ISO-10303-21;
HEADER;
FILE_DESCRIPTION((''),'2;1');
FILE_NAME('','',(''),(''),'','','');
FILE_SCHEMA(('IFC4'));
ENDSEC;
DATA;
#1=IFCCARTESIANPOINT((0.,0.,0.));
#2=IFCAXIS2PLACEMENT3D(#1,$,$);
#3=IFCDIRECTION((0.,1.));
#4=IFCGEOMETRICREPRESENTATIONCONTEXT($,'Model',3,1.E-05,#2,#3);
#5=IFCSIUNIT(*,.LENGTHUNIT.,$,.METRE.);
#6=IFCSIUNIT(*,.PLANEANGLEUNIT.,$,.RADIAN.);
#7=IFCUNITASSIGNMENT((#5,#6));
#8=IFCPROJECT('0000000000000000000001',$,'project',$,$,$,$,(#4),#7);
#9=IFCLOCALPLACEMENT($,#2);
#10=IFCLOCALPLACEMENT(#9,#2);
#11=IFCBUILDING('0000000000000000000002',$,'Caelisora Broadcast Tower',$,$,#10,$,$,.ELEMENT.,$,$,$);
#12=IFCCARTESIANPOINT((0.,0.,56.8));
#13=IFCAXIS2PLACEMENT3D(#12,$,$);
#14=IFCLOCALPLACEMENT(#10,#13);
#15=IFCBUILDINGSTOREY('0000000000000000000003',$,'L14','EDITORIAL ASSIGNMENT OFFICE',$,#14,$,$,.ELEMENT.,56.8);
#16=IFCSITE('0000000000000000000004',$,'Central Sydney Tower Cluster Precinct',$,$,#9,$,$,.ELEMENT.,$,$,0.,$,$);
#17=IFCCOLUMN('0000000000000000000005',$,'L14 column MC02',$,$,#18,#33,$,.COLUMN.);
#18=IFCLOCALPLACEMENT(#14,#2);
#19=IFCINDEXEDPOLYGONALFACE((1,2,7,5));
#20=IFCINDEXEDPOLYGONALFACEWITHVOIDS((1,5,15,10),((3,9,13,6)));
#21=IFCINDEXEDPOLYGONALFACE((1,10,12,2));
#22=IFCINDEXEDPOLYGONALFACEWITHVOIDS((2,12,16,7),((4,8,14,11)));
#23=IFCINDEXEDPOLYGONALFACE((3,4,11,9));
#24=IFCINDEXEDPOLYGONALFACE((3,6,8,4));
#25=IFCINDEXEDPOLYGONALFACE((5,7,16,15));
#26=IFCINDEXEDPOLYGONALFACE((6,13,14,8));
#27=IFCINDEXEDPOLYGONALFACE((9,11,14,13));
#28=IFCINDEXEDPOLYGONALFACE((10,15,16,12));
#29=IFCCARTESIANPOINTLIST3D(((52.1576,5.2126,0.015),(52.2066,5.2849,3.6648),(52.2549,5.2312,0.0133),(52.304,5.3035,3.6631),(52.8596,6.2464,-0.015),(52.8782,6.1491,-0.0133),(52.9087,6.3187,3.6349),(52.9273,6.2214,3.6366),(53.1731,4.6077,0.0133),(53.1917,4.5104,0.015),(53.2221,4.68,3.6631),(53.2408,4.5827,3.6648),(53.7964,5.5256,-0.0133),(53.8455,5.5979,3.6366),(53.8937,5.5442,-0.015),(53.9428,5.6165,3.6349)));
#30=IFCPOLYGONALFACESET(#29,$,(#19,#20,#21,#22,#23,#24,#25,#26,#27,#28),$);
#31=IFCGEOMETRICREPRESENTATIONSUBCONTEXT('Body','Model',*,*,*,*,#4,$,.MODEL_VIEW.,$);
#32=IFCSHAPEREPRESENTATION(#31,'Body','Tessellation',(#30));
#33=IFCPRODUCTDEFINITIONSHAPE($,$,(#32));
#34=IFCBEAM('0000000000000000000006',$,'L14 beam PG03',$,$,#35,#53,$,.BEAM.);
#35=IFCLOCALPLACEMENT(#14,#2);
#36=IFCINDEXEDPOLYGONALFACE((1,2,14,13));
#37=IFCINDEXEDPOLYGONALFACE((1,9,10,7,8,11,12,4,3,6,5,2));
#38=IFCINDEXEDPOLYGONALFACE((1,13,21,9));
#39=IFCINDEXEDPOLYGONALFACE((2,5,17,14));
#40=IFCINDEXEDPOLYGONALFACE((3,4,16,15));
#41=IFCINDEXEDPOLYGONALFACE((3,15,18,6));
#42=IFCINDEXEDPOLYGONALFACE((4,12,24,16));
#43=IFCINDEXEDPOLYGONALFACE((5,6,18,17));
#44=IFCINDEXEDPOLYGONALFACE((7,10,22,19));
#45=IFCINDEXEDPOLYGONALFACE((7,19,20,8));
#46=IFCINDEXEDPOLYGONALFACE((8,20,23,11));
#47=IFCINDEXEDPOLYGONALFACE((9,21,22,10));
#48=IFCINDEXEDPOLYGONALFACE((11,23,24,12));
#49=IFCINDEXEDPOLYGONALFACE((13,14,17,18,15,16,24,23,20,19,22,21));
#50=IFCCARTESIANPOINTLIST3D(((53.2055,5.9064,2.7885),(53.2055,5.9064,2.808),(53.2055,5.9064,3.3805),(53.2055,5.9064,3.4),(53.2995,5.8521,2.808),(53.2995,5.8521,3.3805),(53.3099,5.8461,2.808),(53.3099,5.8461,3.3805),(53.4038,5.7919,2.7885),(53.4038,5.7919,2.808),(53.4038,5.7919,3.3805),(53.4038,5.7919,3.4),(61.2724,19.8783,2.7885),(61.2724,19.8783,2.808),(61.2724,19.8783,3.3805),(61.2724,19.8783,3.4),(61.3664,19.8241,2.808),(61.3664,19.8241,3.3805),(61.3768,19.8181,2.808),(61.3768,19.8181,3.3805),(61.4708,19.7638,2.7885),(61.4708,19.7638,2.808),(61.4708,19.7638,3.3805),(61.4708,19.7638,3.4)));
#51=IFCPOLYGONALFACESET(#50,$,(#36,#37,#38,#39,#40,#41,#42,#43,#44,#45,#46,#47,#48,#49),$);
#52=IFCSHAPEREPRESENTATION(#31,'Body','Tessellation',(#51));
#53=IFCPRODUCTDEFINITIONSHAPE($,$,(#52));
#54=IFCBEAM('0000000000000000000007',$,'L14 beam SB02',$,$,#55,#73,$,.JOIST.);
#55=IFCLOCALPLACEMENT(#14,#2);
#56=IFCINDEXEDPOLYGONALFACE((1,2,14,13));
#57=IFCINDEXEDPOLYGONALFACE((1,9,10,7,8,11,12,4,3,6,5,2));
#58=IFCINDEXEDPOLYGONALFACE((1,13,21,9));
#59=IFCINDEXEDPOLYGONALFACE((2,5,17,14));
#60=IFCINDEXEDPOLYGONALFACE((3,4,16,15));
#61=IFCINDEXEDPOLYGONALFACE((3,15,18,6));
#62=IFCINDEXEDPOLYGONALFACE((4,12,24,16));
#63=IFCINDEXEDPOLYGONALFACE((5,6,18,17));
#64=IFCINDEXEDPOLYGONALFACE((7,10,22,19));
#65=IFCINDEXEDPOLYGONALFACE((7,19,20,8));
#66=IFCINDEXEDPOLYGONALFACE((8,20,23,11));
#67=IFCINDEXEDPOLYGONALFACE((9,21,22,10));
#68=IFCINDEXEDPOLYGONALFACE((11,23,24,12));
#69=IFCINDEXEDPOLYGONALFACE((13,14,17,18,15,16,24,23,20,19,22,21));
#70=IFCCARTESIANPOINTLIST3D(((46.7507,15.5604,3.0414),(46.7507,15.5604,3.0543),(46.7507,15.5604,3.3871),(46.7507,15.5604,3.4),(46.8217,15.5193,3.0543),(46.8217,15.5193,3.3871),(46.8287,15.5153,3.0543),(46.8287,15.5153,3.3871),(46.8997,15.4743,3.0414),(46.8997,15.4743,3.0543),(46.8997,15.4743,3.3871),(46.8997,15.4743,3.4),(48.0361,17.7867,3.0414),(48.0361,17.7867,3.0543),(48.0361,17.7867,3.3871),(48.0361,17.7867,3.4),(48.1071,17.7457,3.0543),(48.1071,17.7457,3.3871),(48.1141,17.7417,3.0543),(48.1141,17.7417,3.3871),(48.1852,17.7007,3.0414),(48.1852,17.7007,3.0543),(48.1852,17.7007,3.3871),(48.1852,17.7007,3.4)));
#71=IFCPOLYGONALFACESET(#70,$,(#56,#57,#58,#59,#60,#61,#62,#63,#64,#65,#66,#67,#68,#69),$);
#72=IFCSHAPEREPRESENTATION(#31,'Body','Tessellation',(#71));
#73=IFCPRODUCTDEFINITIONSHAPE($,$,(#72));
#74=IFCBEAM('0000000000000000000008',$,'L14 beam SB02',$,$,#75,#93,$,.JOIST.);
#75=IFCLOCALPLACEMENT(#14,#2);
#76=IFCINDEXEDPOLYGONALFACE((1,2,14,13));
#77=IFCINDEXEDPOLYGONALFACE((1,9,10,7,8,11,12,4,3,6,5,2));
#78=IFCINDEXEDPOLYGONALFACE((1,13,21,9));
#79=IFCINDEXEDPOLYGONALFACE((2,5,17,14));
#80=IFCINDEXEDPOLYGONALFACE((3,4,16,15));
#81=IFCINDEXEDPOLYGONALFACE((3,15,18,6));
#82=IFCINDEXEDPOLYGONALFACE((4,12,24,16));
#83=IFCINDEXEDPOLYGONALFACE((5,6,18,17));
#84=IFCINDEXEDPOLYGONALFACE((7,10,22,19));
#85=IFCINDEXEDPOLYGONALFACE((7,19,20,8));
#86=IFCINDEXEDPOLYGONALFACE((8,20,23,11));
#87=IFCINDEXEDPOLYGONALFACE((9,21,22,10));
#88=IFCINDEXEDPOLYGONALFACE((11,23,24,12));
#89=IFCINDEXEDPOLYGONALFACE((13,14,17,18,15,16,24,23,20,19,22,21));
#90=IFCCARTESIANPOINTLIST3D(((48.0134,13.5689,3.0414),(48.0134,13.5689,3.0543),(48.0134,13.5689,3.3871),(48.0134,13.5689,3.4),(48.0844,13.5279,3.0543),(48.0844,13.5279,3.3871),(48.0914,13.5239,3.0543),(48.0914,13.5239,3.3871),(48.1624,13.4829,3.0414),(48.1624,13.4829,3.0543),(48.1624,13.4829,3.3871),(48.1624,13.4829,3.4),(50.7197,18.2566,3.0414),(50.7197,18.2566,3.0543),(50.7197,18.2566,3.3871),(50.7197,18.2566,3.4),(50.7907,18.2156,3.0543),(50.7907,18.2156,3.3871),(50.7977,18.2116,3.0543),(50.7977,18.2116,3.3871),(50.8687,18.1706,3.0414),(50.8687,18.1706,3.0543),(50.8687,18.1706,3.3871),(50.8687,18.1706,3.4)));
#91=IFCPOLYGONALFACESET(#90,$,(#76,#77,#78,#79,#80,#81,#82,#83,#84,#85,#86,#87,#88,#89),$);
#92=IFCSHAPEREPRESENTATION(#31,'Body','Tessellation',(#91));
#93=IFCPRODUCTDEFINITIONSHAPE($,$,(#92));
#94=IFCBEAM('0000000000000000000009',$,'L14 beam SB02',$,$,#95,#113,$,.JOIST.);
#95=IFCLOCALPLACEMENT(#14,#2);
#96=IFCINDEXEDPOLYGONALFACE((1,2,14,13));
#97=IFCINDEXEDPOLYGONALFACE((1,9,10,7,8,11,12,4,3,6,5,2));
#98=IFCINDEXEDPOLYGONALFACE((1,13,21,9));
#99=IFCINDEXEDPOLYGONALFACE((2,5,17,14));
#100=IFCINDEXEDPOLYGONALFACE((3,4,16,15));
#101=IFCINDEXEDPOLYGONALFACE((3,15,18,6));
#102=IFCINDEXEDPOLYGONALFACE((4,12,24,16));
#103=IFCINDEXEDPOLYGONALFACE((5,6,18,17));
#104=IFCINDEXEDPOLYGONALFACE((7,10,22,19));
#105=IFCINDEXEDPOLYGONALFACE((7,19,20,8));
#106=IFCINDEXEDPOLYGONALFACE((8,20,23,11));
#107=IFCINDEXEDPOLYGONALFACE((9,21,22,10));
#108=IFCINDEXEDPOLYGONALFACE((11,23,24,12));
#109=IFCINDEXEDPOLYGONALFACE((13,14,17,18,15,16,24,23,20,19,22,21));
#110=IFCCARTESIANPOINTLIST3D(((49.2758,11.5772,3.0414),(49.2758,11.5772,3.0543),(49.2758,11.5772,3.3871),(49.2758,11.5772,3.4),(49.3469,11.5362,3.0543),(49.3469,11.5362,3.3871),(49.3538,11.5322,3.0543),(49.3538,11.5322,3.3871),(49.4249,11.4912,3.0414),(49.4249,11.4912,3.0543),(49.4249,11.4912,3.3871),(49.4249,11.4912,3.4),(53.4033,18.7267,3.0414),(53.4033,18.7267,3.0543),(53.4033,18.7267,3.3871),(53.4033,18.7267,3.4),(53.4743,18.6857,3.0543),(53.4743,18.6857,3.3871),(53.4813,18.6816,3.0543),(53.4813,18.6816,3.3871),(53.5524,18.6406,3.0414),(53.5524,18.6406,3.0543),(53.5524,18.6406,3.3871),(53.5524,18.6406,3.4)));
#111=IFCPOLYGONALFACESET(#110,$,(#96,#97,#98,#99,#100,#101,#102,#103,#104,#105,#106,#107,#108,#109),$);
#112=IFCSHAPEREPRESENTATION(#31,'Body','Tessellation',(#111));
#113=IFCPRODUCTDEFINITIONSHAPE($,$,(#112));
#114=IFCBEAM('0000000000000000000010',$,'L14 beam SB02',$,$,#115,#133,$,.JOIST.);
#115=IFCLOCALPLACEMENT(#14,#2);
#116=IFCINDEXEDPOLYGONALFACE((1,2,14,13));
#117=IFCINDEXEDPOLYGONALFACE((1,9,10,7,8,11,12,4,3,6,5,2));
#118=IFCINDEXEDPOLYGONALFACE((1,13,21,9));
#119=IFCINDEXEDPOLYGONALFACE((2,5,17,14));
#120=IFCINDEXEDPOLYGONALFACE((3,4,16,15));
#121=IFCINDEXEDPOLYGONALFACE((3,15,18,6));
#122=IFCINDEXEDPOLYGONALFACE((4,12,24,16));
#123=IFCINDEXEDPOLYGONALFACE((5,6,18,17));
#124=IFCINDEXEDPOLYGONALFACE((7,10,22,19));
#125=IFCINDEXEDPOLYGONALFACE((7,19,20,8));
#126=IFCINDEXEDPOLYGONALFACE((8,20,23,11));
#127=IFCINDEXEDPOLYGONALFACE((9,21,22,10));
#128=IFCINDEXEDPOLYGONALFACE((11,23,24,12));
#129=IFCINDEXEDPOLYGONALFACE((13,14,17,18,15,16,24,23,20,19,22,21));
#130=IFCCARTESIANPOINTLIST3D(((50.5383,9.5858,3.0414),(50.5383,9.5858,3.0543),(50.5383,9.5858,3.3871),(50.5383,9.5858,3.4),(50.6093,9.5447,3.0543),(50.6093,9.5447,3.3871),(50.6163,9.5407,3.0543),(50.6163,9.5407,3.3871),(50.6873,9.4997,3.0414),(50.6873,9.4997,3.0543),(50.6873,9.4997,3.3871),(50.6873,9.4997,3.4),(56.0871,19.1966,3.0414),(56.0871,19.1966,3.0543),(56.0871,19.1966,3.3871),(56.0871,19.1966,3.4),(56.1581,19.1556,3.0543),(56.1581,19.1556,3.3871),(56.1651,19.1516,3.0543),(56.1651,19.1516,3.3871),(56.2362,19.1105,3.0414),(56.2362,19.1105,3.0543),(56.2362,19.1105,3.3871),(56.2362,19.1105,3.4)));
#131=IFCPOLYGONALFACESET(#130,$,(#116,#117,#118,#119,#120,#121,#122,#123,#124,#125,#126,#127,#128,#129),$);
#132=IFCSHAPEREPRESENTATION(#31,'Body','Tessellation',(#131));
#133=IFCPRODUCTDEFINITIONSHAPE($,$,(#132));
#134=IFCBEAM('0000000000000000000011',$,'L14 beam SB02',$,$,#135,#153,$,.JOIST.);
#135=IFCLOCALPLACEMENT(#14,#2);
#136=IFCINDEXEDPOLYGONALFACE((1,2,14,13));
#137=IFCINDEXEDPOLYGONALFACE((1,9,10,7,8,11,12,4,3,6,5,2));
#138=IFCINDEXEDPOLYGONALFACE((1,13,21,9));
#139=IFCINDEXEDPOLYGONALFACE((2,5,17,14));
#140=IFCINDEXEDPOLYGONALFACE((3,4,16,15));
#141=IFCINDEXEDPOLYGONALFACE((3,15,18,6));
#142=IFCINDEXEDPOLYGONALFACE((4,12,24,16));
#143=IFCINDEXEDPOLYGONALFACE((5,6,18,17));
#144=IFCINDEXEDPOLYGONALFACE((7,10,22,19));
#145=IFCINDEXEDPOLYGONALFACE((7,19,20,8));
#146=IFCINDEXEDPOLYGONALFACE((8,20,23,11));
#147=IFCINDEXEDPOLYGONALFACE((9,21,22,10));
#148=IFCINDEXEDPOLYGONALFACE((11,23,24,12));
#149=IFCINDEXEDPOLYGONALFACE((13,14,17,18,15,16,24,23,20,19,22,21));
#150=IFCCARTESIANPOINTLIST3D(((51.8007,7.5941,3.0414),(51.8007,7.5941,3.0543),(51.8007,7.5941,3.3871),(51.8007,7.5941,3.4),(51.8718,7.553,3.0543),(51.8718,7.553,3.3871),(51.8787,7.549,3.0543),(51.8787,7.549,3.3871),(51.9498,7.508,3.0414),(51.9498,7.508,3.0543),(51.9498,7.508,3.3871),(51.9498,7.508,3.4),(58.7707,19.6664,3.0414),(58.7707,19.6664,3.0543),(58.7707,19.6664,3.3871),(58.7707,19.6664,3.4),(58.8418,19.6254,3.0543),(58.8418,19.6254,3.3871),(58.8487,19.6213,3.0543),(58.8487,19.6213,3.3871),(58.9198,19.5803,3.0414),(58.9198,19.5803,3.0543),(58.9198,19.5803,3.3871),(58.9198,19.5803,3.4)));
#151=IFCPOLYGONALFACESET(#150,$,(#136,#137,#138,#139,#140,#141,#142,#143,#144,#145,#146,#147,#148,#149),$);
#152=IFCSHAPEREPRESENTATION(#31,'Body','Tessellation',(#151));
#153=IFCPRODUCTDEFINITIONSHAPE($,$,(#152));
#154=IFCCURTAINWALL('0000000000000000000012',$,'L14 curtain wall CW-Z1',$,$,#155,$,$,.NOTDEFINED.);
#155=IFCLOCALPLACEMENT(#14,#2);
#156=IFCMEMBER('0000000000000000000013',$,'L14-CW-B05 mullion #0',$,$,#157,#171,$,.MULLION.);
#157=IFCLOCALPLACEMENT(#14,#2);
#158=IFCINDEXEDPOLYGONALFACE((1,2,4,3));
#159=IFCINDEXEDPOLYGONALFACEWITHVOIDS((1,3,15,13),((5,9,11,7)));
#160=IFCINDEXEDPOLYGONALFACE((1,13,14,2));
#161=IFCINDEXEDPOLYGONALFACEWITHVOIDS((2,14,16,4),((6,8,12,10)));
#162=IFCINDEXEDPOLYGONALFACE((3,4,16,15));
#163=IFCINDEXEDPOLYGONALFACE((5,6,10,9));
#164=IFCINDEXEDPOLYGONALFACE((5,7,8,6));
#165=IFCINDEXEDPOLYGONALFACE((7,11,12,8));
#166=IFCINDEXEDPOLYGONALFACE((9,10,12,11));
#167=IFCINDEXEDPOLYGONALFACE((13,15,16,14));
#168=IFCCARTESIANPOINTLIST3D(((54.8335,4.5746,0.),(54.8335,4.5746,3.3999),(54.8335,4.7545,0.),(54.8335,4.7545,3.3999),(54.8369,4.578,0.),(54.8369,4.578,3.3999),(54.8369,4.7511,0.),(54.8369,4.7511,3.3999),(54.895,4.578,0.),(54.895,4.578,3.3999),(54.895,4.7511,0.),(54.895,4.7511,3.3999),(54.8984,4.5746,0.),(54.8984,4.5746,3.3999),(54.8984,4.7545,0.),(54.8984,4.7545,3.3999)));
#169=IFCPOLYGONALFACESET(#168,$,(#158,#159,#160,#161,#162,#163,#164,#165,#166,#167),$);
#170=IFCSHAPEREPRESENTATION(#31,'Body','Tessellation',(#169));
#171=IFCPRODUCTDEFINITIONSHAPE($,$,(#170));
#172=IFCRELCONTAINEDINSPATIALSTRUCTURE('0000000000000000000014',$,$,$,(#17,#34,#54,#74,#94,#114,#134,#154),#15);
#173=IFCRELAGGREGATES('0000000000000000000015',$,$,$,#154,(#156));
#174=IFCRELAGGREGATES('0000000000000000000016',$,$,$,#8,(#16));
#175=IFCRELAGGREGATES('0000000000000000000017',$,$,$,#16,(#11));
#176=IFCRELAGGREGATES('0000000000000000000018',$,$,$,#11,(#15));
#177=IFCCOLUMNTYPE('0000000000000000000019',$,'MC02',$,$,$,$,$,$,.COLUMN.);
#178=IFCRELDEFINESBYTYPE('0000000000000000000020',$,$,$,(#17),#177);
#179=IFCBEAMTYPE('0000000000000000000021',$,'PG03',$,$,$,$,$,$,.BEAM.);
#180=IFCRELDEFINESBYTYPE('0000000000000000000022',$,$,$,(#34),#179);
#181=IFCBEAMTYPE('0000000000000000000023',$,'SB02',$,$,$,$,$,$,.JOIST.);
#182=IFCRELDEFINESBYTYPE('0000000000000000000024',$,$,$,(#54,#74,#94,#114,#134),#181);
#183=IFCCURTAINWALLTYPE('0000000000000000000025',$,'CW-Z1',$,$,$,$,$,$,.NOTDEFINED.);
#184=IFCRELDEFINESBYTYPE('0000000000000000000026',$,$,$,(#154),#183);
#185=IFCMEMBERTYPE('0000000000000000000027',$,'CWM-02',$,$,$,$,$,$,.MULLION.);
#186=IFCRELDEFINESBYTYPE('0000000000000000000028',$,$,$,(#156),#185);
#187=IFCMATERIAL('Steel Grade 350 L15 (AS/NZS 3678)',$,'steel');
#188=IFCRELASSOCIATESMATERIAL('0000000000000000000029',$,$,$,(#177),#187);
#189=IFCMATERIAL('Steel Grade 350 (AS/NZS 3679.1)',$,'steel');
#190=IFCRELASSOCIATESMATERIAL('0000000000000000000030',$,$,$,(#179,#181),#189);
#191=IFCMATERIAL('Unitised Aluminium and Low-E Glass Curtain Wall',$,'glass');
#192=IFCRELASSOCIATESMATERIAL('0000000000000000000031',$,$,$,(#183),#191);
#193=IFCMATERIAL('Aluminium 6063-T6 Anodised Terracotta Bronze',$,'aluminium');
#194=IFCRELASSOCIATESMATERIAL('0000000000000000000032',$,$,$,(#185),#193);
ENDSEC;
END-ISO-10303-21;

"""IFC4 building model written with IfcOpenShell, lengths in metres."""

from ifc_helpers import new_model, si_unit, direction, frame, origin, origin_2d, place, context, subcontext, project, spatial, hollow_rectangle, i_section, extrude, source, transform, mapped, material, material_profile, profile_set, type_object, type_shapes, element, aggregate, save


model = new_model("IFC4")

# Units and contexts
model_context = context("Model", 3, precision=1e-05, world=origin(), true_north=direction((0.0, 1.0)))
body_context = subcontext(model_context, "Body", "Model", "MODEL_VIEW")
ifc_project = project(units=[si_unit("LENGTHUNIT", "METRE"), si_unit("PLANEANGLEUNIT", "RADIAN")], contexts=[model_context])

# Site, building, storey
site_placement = place(None, origin())
site = spatial("IfcSite", under=ifc_project, at=site_placement, Name="Central Sydney Tower Cluster Precinct", CompositionType="ELEMENT", RefElevation=0.0)
building_placement = place(site_placement, origin())
building = spatial("IfcBuilding", under=site, at=building_placement, Name="Caelisora Broadcast Tower", CompositionType="ELEMENT")
storey_placement = place(building_placement, frame((0.0, 0.0, 56.8)))
storey = spatial("IfcBuildingStorey", under=building, at=storey_placement, Name="L14", Description="EDITORIAL ASSIGNMENT OFFICE", CompositionType="ELEMENT", Elevation=56.8)

# Column
ifc_material_1 = material(Name="Steel Grade 350 L15 (AS/NZS 3678)", Category="steel")
ifc_material_profile_1 = material_profile(ifc_material_1, hollow_rectangle(XDim=1.25, YDim=1.25, WallThickness=0.0701, at=origin_2d()), Name="Steel Grade 350 L15 (AS/NZS 3678)")
ifc_profile_set_1 = profile_set([ifc_material_profile_1], Name="Steel Grade 350 L15 (AS/NZS 3678)")
column_type = type_object("IfcColumnType", Name="MC02", PredefinedType="COLUMN", material=ifc_profile_set_1)
shared_shape_1 = source(origin(), body_context, "Body", "SweptSolid", [
    extrude(hollow_rectangle(XDim=1.25, YDim=1.25, WallThickness=0.0701, at=origin_2d()), origin(), (0.0, 0.0, 1.0), 3.6509),
])
type_shapes(column_type, [shared_shape_1])
column_placement = place(storey_placement, frame((53.0256, 5.3784, 0.0), z_axis=(0.013441, 0.019794, 0.999714), x_axis=(-0.82729, 0.561775, 0.0)))
element("IfcColumn", 1, at=column_placement, inside=storey, type_object=column_type, Name="L14 column MC02", PredefinedType="COLUMN", context=body_context, shape_type="MappedRepresentation", body=[
    mapped(shared_shape_1, transform((0.0, 0.0, 0.0), scale=1.0)),
])

# Beams
ifc_material_2 = material(Name="Steel Grade 350 (AS/NZS 3679.1)", Category="steel")
ifc_material_profile_2 = material_profile(ifc_material_2, i_section(OverallWidth=0.229, OverallDepth=0.6116, WebThickness=0.012, FlangeThickness=0.0195, at=origin_2d()), Name="Steel Grade 350 (AS/NZS 3679.1)")
ifc_profile_set_2 = profile_set([ifc_material_profile_2], Name="Steel Grade 350 (AS/NZS 3679.1)")
beam_type_1 = type_object("IfcBeamType", Name="PG03", PredefinedType="BEAM", material=ifc_profile_set_2)
shared_shape_2 = source(origin(), body_context, "Body", "SweptSolid", [
    extrude(i_section(OverallWidth=0.229, OverallDepth=0.6116, WebThickness=0.012, FlangeThickness=0.0195, at=origin_2d()), origin(), (0.0, 0.0, 1.0), 16.1335),
])
type_shapes(beam_type_1, [shared_shape_2])
beam_1_placement = place(storey_placement, frame((53.3047, 5.8491, 3.0942), z_axis=(0.500009, 0.86602, 0.0), x_axis=(-0.86602, 0.500009, 0.0)))
element("IfcBeam", 2, at=beam_1_placement, inside=storey, type_object=beam_type_1, Name="L14 beam PG03", PredefinedType="BEAM", context=body_context, shape_type="MappedRepresentation", body=[
    mapped(shared_shape_2, transform((0.0, 0.0, 0.0), scale=1.0)),
])
ifc_material_profile_3 = material_profile(ifc_material_2, i_section(OverallWidth=0.1721, OverallDepth=0.3586, WebThickness=0.0081, FlangeThickness=0.0129, at=origin_2d()), Name="Steel Grade 350 (AS/NZS 3679.1)")
ifc_profile_set_3 = profile_set([ifc_material_profile_3], Name="Steel Grade 350 (AS/NZS 3679.1)")
beam_type_2 = type_object("IfcBeamType", Name="SB02", PredefinedType="JOIST", material=ifc_profile_set_3)
shared_shape_3 = source(origin(), body_context, "Body", "SweptSolid", [
    extrude(i_section(OverallWidth=0.1721, OverallDepth=0.3586, WebThickness=0.0081, FlangeThickness=0.0129, at=origin_2d()), origin(), (0.0, 0.0, 1.0), 2.5708),
])
beam_2_placement = place(storey_placement, frame((46.8252, 15.5173, 3.2207), z_axis=(0.50001, 0.86602, 0.0), x_axis=(-0.86602, 0.50001, 0.0)))
element("IfcBeam", 3, at=beam_2_placement, inside=storey, type_object=beam_type_2, Name="L14 beam SB02", PredefinedType="JOIST", context=body_context, shape_type="MappedRepresentation", body=[
    mapped(shared_shape_3, transform((0.0, 0.0, 0.0), scale=1.0)),
])
shared_shape_4 = source(origin(), body_context, "Body", "SweptSolid", [
    extrude(i_section(OverallWidth=0.1721, OverallDepth=0.3586, WebThickness=0.0081, FlangeThickness=0.0129, at=origin_2d()), origin(), (0.0, 0.0, 1.0), 5.4128),
])
beam_3_placement = place(storey_placement, frame((48.0879, 13.5259, 3.2207), z_axis=(0.499976, 0.866039, 0.0), x_axis=(-0.866039, 0.499976, 0.0)))
element("IfcBeam", 4, at=beam_3_placement, inside=storey, type_object=beam_type_2, Name="L14 beam SB02", PredefinedType="JOIST", context=body_context, shape_type="MappedRepresentation", body=[
    mapped(shared_shape_4, transform((0.0, 0.0, 0.0), scale=1.0)),
])
shared_shape_5 = source(origin(), body_context, "Body", "SweptSolid", [
    extrude(i_section(OverallWidth=0.1721, OverallDepth=0.3586, WebThickness=0.0081, FlangeThickness=0.0129, at=origin_2d()), origin(), (0.0, 0.0, 1.0), 8.2554),
])
beam_4_placement = place(storey_placement, frame((49.3503, 11.5342, 3.2207), z_axis=(0.499975, 0.86604, 0.0), x_axis=(-0.86604, 0.499975, 0.0)))
element("IfcBeam", 5, at=beam_4_placement, inside=storey, type_object=beam_type_2, Name="L14 beam SB02", PredefinedType="JOIST", context=body_context, shape_type="MappedRepresentation", body=[
    mapped(shared_shape_5, transform((0.0, 0.0, 0.0), scale=1.0)),
])
shared_shape_6 = source(origin(), body_context, "Body", "SweptSolid", [
    extrude(i_section(OverallWidth=0.1721, OverallDepth=0.3586, WebThickness=0.0081, FlangeThickness=0.0129, at=origin_2d()), origin(), (0.0, 0.0, 1.0), 11.0977),
])
beam_5_placement = place(storey_placement, frame((50.6128, 9.5427, 3.2207), z_axis=(0.5, 0.866025, 0.0), x_axis=(-0.866025, 0.5, 0.0)))
element("IfcBeam", 6, at=beam_5_placement, inside=storey, type_object=beam_type_2, Name="L14 beam SB02", PredefinedType="JOIST", context=body_context, shape_type="MappedRepresentation", body=[
    mapped(shared_shape_6, transform((0.0, 0.0, 0.0), scale=1.0)),
])
shared_shape_7 = source(origin(), body_context, "Body", "SweptSolid", [
    extrude(i_section(OverallWidth=0.1721, OverallDepth=0.3586, WebThickness=0.0081, FlangeThickness=0.0129, at=origin_2d()), origin(), (0.0, 0.0, 1.0), 13.9399),
])
type_shapes(beam_type_2, [shared_shape_3, shared_shape_4, shared_shape_5, shared_shape_6, shared_shape_7])
beam_6_placement = place(storey_placement, frame((51.8752, 7.551, 3.2207), z_axis=(0.500002, 0.866024, 0.0), x_axis=(-0.866024, 0.500002, 0.0)))
element("IfcBeam", 7, at=beam_6_placement, inside=storey, type_object=beam_type_2, Name="L14 beam SB02", PredefinedType="JOIST", context=body_context, shape_type="MappedRepresentation", body=[
    mapped(shared_shape_7, transform((0.0, 0.0, 0.0), scale=1.0)),
])

# Curtain wall, member
ifc_material_3 = material(Name="Unitised Aluminium and Low-E Glass Curtain Wall", Category="glass")
curtain_wall_type = type_object("IfcCurtainWallType", Name="CW-Z1", PredefinedType="NOTDEFINED", material=ifc_material_3)
curtain_wall_placement = place(storey_placement, origin())
curtain_wall = element("IfcCurtainWall", 8, at=curtain_wall_placement, inside=storey, type_object=curtain_wall_type, Name="L14 curtain wall CW-Z1", PredefinedType="NOTDEFINED")
ifc_material_4 = material(Name="Aluminium 6063-T6 Anodised Terracotta Bronze", Category="aluminium")
ifc_material_profile_4 = material_profile(ifc_material_4, hollow_rectangle(XDim=0.0649, YDim=0.1799, WallThickness=0.0034, at=origin_2d()), Name="Aluminium 6063-T6 Anodised Terracotta Bronze")
ifc_profile_set_4 = profile_set([ifc_material_profile_4], Name="Aluminium 6063-T6 Anodised Terracotta Bronze")
member_type_1 = type_object("IfcMemberType", Name="CWM-02", PredefinedType="MULLION", material=ifc_profile_set_4)
shared_shape_8 = source(origin(), body_context, "Body", "SweptSolid", [
    extrude(hollow_rectangle(XDim=0.0649, YDim=0.1799, WallThickness=0.0034, at=origin_2d()), origin(), (0.0, 0.0, 1.0), 3.3999),
])
type_shapes(member_type_1, [shared_shape_8])
member_1_placement = place(storey_placement, frame((54.866, 4.6646, 0.0), z_axis=(0.0, 0.0, 1.0), x_axis=(1.0, 0.0, 0.0)))
member_1 = element("IfcMember", 9, at=member_1_placement, type_object=member_type_1, Name="L14-CW-B05 mullion #0", PredefinedType="MULLION", context=body_context, shape_type="MappedRepresentation", body=[
    mapped(shared_shape_8, transform((0.0, 0.0, 0.0), scale=1.0)),
])
aggregate(curtain_wall, [member_1])

save(model, "model.ifc")
